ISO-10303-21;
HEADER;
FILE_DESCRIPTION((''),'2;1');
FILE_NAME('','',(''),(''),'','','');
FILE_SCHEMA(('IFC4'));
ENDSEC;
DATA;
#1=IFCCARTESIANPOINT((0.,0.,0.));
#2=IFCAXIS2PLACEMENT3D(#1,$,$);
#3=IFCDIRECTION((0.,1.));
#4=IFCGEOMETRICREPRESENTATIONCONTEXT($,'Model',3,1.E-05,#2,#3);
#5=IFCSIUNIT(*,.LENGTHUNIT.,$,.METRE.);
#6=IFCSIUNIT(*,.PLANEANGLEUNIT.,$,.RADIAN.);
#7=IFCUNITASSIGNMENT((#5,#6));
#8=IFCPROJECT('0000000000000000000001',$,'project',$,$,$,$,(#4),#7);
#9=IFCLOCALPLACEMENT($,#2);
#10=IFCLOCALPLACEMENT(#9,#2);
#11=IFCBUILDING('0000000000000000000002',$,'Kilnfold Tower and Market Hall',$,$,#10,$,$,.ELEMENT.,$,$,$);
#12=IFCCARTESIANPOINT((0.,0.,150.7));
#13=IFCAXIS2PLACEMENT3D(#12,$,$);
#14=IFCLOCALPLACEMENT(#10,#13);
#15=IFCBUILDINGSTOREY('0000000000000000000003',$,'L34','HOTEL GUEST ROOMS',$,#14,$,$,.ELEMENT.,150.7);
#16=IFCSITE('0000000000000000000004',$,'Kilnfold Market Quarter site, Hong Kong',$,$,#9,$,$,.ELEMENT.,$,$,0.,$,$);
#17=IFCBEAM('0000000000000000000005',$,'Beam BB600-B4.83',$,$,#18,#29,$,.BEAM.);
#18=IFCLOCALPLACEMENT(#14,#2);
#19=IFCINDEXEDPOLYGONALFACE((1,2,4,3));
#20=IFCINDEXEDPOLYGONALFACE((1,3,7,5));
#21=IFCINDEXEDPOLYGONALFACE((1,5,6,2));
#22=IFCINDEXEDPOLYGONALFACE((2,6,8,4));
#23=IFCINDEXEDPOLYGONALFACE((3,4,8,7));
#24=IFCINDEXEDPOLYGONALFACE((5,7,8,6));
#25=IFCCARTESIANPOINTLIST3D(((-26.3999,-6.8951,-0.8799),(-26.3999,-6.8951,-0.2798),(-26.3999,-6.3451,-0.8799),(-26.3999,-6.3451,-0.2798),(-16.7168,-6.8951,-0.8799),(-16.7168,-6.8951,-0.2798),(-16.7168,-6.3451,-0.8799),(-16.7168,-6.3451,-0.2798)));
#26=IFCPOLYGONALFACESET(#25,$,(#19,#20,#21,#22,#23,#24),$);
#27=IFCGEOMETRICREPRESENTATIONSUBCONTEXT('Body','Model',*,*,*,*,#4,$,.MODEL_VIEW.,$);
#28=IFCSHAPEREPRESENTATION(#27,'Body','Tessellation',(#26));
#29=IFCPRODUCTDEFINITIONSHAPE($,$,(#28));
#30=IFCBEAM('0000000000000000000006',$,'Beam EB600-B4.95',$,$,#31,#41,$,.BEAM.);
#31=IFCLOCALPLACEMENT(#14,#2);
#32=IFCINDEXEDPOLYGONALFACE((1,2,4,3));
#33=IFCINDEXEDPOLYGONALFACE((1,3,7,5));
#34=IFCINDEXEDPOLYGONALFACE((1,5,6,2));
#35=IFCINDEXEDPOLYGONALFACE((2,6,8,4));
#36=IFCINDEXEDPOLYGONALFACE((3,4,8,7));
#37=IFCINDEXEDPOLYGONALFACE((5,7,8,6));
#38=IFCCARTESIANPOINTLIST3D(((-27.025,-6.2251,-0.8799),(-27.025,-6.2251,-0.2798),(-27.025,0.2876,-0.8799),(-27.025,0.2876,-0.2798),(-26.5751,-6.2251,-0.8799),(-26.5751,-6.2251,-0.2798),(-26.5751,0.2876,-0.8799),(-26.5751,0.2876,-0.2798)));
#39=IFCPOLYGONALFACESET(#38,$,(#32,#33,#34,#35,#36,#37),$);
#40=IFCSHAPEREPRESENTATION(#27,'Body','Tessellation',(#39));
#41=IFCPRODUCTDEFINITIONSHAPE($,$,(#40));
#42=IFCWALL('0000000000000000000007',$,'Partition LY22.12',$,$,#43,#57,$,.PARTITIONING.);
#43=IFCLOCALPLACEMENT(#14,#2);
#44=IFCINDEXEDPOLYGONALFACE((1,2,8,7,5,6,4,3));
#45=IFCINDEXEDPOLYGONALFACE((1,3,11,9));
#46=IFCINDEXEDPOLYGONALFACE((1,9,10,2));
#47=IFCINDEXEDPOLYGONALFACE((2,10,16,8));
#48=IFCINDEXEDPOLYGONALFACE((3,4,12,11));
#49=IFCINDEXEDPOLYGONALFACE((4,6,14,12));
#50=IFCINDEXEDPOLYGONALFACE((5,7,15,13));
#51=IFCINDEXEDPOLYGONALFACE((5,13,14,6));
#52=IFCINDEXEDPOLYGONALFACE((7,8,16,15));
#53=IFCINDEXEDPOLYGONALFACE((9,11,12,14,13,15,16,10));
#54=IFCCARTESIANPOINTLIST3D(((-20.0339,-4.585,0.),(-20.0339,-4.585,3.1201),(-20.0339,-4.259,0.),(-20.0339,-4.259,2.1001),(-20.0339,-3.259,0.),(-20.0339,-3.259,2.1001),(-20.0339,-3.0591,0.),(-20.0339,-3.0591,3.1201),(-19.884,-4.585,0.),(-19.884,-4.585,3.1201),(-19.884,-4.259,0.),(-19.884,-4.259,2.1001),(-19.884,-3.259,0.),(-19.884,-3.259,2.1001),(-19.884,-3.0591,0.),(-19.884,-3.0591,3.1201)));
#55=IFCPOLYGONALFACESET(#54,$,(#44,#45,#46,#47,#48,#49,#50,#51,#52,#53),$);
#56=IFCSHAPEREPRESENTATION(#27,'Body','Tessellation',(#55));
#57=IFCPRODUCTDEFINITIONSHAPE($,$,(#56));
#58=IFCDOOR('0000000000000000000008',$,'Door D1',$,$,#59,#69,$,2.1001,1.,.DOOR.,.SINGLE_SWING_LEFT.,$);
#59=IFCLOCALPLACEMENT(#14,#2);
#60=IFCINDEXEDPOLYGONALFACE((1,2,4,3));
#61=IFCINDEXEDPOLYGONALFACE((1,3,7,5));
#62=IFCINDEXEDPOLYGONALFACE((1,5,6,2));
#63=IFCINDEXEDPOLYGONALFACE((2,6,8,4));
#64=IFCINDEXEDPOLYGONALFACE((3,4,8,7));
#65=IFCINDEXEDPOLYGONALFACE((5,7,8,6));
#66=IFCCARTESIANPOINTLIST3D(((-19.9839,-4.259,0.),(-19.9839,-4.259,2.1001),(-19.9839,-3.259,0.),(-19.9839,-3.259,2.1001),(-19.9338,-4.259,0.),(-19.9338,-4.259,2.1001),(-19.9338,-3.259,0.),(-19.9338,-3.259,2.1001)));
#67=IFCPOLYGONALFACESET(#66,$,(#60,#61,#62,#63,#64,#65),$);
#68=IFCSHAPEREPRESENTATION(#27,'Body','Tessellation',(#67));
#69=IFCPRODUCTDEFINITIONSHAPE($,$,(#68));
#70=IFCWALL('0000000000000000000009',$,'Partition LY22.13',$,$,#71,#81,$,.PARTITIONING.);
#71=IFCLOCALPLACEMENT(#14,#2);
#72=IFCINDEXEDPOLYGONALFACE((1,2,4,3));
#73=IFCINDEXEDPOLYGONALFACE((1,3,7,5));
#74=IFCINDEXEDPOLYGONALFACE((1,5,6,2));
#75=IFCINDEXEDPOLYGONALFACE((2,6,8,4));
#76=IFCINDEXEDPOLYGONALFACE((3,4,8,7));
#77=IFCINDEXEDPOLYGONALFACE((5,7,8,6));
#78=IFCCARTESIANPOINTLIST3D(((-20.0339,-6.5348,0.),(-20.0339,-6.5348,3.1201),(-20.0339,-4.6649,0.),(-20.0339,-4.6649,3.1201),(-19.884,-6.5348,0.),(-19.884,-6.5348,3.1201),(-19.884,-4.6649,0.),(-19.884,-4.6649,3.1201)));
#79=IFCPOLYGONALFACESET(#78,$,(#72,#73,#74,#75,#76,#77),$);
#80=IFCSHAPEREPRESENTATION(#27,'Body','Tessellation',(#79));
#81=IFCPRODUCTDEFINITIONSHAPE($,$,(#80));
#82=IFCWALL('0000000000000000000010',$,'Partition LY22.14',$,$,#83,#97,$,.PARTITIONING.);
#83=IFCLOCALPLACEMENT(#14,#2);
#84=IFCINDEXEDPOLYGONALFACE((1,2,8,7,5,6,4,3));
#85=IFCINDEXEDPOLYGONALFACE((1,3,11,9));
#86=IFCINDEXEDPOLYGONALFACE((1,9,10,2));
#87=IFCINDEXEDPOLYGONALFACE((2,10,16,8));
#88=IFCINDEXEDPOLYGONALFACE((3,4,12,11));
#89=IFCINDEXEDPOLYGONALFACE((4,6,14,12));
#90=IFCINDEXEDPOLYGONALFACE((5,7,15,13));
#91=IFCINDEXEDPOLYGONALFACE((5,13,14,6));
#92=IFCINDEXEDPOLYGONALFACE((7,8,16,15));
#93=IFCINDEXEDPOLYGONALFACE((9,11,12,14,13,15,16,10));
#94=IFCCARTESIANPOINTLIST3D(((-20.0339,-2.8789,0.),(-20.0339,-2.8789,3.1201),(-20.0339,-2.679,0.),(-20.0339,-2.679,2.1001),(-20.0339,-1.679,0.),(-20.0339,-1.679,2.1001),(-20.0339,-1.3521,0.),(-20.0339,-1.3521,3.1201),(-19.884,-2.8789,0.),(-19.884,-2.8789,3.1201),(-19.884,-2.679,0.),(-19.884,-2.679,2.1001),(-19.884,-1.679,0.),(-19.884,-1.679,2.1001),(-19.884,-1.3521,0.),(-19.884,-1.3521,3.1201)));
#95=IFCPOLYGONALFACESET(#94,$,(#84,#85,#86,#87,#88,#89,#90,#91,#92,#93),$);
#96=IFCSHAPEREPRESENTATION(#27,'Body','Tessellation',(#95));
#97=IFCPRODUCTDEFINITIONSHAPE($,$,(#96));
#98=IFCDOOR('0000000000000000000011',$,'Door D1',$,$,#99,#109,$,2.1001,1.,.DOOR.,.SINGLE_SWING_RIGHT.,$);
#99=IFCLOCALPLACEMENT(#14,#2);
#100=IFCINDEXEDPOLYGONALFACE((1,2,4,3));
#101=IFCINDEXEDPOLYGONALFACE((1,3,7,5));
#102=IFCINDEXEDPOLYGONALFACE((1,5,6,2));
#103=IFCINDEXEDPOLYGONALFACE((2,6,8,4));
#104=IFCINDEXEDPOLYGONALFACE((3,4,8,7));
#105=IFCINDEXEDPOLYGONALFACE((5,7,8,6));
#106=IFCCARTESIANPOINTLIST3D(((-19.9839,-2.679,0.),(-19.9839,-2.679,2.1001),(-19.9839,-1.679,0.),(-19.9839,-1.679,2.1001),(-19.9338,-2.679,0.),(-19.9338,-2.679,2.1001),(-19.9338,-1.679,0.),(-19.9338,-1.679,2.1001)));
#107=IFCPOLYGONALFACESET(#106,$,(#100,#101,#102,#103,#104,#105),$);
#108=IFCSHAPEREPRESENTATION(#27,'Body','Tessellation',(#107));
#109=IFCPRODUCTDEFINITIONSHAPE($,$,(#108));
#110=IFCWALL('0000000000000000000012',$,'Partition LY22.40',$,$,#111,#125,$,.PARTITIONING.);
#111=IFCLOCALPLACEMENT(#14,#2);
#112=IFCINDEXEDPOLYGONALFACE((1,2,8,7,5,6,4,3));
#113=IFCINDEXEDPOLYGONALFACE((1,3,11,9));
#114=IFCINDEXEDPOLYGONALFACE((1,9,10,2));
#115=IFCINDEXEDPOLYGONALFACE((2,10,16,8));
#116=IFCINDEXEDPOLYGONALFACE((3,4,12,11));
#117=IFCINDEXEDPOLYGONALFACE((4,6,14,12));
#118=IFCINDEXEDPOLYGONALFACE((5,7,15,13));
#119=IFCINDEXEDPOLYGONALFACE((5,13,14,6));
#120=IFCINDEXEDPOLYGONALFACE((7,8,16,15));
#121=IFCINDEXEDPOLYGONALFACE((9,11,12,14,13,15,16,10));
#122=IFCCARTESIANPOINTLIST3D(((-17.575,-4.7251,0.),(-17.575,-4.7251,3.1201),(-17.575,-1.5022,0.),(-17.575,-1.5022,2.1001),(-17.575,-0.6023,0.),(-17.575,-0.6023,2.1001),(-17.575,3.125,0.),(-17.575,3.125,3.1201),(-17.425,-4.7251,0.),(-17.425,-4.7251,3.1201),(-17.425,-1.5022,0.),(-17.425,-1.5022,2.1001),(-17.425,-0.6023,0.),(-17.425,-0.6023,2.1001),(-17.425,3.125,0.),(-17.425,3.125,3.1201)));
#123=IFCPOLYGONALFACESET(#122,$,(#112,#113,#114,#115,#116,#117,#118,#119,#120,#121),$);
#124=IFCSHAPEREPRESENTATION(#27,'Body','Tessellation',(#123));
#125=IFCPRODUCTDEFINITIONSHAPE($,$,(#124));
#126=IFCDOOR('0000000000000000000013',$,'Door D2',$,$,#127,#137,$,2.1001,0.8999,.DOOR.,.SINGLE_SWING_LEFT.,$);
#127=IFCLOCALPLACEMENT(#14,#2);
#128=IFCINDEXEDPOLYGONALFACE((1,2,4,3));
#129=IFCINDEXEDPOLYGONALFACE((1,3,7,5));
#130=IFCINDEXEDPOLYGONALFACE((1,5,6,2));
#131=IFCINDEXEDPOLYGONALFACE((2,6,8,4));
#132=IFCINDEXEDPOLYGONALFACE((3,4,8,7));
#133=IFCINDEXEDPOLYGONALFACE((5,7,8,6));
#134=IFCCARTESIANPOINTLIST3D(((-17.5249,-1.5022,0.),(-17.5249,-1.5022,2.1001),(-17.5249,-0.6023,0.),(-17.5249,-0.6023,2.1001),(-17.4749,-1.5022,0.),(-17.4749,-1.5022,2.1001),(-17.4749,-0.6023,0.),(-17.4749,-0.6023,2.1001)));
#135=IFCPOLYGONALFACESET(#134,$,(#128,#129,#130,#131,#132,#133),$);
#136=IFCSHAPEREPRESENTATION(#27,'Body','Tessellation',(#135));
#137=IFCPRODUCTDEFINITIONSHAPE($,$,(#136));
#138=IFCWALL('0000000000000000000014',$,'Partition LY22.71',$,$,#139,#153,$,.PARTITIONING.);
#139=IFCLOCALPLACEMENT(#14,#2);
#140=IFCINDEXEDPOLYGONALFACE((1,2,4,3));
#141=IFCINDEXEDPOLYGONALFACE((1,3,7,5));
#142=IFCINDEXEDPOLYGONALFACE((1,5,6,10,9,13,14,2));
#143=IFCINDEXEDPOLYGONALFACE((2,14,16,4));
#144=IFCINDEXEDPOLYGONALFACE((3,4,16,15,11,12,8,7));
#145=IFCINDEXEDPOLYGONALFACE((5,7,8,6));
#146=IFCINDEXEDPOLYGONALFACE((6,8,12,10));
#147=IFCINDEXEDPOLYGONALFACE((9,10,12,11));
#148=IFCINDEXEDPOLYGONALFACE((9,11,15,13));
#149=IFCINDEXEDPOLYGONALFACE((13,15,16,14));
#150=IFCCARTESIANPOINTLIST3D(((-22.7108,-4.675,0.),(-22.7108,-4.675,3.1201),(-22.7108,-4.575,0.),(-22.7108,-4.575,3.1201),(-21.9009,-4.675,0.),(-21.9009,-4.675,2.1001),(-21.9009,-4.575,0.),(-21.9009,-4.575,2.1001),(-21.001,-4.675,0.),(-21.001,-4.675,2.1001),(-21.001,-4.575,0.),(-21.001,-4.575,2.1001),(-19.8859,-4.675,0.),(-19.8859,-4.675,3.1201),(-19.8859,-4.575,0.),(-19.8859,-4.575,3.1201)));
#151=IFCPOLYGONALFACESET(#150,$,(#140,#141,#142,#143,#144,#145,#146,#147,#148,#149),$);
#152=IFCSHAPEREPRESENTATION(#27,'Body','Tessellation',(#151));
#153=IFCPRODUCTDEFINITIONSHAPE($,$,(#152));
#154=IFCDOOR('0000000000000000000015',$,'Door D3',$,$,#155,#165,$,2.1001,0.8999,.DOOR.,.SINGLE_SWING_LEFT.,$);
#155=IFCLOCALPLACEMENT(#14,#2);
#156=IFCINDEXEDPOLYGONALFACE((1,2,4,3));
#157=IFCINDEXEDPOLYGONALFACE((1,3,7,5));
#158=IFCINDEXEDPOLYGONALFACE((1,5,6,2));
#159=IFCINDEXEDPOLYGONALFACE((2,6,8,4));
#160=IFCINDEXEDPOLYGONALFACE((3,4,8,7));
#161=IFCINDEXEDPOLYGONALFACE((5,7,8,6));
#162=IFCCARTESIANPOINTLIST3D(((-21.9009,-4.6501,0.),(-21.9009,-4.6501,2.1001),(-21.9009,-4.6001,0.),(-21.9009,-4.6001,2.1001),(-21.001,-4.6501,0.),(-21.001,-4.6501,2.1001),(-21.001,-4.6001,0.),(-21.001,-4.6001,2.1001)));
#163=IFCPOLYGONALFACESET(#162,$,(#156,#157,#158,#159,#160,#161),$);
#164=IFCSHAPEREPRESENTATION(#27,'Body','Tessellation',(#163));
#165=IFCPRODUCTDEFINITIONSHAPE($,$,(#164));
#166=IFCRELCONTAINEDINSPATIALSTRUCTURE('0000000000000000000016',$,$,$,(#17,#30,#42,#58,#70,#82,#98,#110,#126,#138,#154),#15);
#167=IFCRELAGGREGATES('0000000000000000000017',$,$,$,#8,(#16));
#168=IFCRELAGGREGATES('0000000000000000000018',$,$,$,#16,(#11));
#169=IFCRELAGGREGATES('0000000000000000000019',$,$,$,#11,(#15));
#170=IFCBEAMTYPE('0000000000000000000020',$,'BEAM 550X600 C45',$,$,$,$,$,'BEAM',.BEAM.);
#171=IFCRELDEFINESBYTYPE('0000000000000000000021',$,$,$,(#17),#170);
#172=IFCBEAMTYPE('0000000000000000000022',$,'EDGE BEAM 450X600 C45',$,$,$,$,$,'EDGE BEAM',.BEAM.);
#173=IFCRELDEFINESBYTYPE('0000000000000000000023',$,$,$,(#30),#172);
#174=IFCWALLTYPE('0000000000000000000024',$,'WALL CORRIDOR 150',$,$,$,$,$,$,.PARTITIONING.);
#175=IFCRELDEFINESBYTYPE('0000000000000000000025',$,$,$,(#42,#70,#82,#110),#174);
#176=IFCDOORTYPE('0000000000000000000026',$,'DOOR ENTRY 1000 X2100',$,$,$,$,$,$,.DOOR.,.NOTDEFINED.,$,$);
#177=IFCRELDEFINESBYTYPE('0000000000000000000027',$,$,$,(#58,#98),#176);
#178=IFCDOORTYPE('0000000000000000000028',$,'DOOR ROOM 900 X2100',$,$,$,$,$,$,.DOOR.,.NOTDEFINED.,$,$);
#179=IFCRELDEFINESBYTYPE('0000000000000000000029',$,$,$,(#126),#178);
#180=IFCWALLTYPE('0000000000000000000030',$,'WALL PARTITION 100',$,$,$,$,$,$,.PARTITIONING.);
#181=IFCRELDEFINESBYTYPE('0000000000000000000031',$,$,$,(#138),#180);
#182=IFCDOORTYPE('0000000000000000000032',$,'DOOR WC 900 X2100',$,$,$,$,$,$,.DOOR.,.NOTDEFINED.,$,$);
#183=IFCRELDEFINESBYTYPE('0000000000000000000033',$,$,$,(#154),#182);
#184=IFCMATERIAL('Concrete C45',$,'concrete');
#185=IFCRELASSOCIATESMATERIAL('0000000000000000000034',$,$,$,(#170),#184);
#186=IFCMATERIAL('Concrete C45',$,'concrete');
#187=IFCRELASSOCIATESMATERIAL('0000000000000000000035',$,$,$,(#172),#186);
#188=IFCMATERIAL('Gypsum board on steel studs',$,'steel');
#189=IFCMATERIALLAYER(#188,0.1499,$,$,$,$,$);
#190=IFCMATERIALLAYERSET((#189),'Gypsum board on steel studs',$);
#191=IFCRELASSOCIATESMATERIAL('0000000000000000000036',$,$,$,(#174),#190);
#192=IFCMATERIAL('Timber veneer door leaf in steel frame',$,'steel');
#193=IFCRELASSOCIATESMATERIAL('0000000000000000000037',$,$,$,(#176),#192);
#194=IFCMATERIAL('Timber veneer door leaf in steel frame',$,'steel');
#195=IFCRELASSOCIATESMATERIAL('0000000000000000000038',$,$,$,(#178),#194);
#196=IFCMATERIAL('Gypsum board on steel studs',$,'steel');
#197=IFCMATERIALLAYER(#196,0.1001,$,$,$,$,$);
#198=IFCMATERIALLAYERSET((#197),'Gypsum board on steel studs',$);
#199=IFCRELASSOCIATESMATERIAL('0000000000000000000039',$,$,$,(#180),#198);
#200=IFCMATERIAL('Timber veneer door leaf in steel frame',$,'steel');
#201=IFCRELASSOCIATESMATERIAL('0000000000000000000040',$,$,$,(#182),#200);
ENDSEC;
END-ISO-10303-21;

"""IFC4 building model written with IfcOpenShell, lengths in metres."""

from ifc_helpers import new_model, si_unit, direction, frame, frame_2d, origin, origin_2d, place, context, subcontext, project, spatial, rectangle, extrude, source, transform, mapped, material, layer, layer_set, material_profile, profile_set, type_object, element, fill, save


model = new_model("IFC4")

# Units and contexts
model_context = context("Model", 3, precision=1e-05, world=origin(), true_north=direction((0.0, 1.0)))
body_context = subcontext(model_context, "Body", "Model", "MODEL_VIEW")
ifc_project = project(units=[si_unit("LENGTHUNIT", "METRE"), si_unit("PLANEANGLEUNIT", "RADIAN")], contexts=[model_context])

# Site, building, storey
site_placement = place(None, origin())
site = spatial("IfcSite", under=ifc_project, at=site_placement, Name="Kilnfold Market Quarter site, Hong Kong", CompositionType="ELEMENT", RefElevation=0.0)
building_placement = place(site_placement, origin())
building = spatial("IfcBuilding", under=site, at=building_placement, Name="Kilnfold Tower and Market Hall", CompositionType="ELEMENT")
storey_placement = place(building_placement, frame((0.0, 0.0, 150.7)))
storey = spatial("IfcBuildingStorey", under=building, at=storey_placement, Name="L34", Description="HOTEL GUEST ROOMS", CompositionType="ELEMENT", Elevation=150.7)

# Beams
ifc_material_1 = material(Name="Concrete C45", Category="concrete")
ifc_material_profile_1 = material_profile(ifc_material_1, rectangle(XDim=0.55, YDim=0.6001, at=origin_2d()), Name="RC 550x600")
ifc_profile_set_1 = profile_set([ifc_material_profile_1], Name="Concrete C45")
beam_type_1 = type_object("IfcBeamType", Name="BEAM 550X600 C45", ElementType="BEAM", PredefinedType="BEAM", material=ifc_profile_set_1)
shared_shape_1 = source(origin(), body_context, "Body", "SweptSolid", [
    extrude(rectangle(XDim=0.55, YDim=0.6001, at=origin_2d()), origin(), (0.0, 0.0, 1.0), 9.6831),
])
beam_1_placement = place(storey_placement, frame((-26.3999, -6.6201, -0.5798), z_axis=(1.0, 0.0, 0.0), x_axis=(0.0, 1.0, 0.0)))
element("IfcBeam", 1, at=beam_1_placement, inside=storey, type_object=beam_type_1, Name="Beam BB600-B4.83", PredefinedType="BEAM", context=body_context, shape_type="MappedRepresentation", body=[
    mapped(shared_shape_1, transform((0.0, 0.0, 0.0))),
])
ifc_material_2 = material(Name="Concrete C45", Category="concrete")
ifc_material_profile_2 = material_profile(ifc_material_2, rectangle(XDim=0.45, YDim=0.6001, at=origin_2d()), Name="RC 450x600")
ifc_profile_set_2 = profile_set([ifc_material_profile_2], Name="Concrete C45")
beam_type_2 = type_object("IfcBeamType", Name="EDGE BEAM 450X600 C45", ElementType="EDGE BEAM", PredefinedType="BEAM", material=ifc_profile_set_2)
shared_shape_2 = source(origin(), body_context, "Body", "SweptSolid", [
    extrude(rectangle(XDim=0.45, YDim=0.6001, at=origin_2d()), origin(), (0.0, 0.0, 1.0), 6.5127),
])
beam_2_placement = place(storey_placement, frame((-26.8, -6.2251, -0.5798), z_axis=(0.0, 1.0, 0.0), x_axis=(-1.0, 0.0, 0.0)))
element("IfcBeam", 2, at=beam_2_placement, inside=storey, type_object=beam_type_2, Name="Beam EB600-B4.95", PredefinedType="BEAM", context=body_context, shape_type="MappedRepresentation", body=[
    mapped(shared_shape_2, transform((0.0, 0.0, 0.0))),
])

# Wall, opening, door
ifc_material_3 = material(Name="Gypsum board on steel studs", Category="steel")
ifc_layer_1 = layer(ifc_material_3, 0.1499)
ifc_layer_set_1 = layer_set([ifc_layer_1], Name="Gypsum board on steel studs")
wall_type_1 = type_object("IfcWallType", Name="WALL CORRIDOR 150", PredefinedType="PARTITIONING", material=ifc_layer_set_1)
wall_1_placement = place(storey_placement, frame((-19.959, -4.585, 0.0), z_axis=(0.0, 0.0, 1.0), x_axis=(0.0, 1.0, 0.0)))
wall_1 = element("IfcWall", 3, at=wall_1_placement, inside=storey, type_object=wall_type_1, Name="Partition LY22.12", PredefinedType="PARTITIONING", context=body_context, shape_type="SweptSolid", body=[
    extrude(rectangle(XDim=1.5259, YDim=0.1499, at=frame_2d((0.7629, 0.0))), origin(), (0.0, 0.0, 1.0), 3.1201),
])
opening_1_placement = place(wall_1_placement, frame((0.3259, 0.0, 0.0)))
opening_1 = element("IfcOpeningElement", 4, at=opening_1_placement, cuts=wall_1, PredefinedType="OPENING", context=body_context, shape_type="SweptSolid", body=[
    extrude(rectangle(XDim=1.0, YDim=2.1001, at=frame_2d((0.5, 1.05))), frame((0.0, 0.085, 0.0), z_axis=(0.0, -1.0, 0.0), x_axis=(1.0, 0.0, 0.0)), (0.0, 0.0, 1.0), 0.1699),
])
ifc_material_4 = material(Name="Timber veneer door leaf in steel frame", Category="steel")
door_type_1 = type_object("IfcDoorType", Name="DOOR ENTRY 1000 X2100", OperationType="NOTDEFINED", PredefinedType="DOOR", material=ifc_material_4)
door_1_placement = place(opening_1_placement, origin())
door_1 = element("IfcDoor", 5, at=door_1_placement, inside=storey, type_object=door_type_1, Name="Door D1", OperationType="SINGLE_SWING_LEFT", OverallHeight=2.1001, OverallWidth=1.0, PredefinedType="DOOR", context=body_context, shape_type="SweptSolid", body=[
    extrude(rectangle(XDim=1.0, YDim=2.1001, at=frame_2d((0.5, 1.05))), frame((0.0, 0.0249, 0.0), z_axis=(0.0, -1.0, 0.0), x_axis=(1.0, 0.0, 0.0)), (0.0, 0.0, 1.0), 0.05),
])
fill(opening_1, door_1)

# Wall
wall_2_placement = place(storey_placement, frame((-19.959, -6.5349, 0.0), z_axis=(0.0, 0.0, 1.0), x_axis=(0.0, 1.0, 0.0)))
element("IfcWall", 6, at=wall_2_placement, inside=storey, type_object=wall_type_1, Name="Partition LY22.13", PredefinedType="PARTITIONING", context=body_context, shape_type="SweptSolid", body=[
    extrude(rectangle(XDim=1.8699, YDim=0.1499, at=frame_2d((0.9351, 0.0))), origin(), (0.0, 0.0, 1.0), 3.1201),
])

# Walls, openings, doors
wall_3_placement = place(storey_placement, frame((-19.959, -2.8789, 0.0), z_axis=(0.0, 0.0, 1.0), x_axis=(0.0, 1.0, 0.0)))
wall_3 = element("IfcWall", 7, at=wall_3_placement, inside=storey, type_object=wall_type_1, Name="Partition LY22.14", PredefinedType="PARTITIONING", context=body_context, shape_type="SweptSolid", body=[
    extrude(rectangle(XDim=1.5269, YDim=0.1499, at=frame_2d((0.7634, 0.0))), origin(), (0.0, 0.0, 1.0), 3.1201),
])
opening_2_placement = place(wall_3_placement, frame((0.2, 0.0, 0.0)))
opening_2 = element("IfcOpeningElement", 8, at=opening_2_placement, cuts=wall_3, PredefinedType="OPENING", context=body_context, shape_type="SweptSolid", body=[
    extrude(rectangle(XDim=1.0, YDim=2.1001, at=frame_2d((0.5, 1.05))), frame((0.0, 0.085, 0.0), z_axis=(0.0, -1.0, 0.0), x_axis=(1.0, 0.0, 0.0)), (0.0, 0.0, 1.0), 0.1699),
])
door_2_placement = place(opening_2_placement, origin())
door_2 = element("IfcDoor", 9, at=door_2_placement, inside=storey, type_object=door_type_1, Name="Door D1", OperationType="SINGLE_SWING_RIGHT", OverallHeight=2.1001, OverallWidth=1.0, PredefinedType="DOOR", context=body_context, shape_type="SweptSolid", body=[
    extrude(rectangle(XDim=1.0, YDim=2.1001, at=frame_2d((0.5, 1.05))), frame((0.0, 0.0249, 0.0), z_axis=(0.0, -1.0, 0.0), x_axis=(1.0, 0.0, 0.0)), (0.0, 0.0, 1.0), 0.05),
])
fill(opening_2, door_2)
wall_4_placement = place(storey_placement, frame((-17.5, -4.7251, 0.0), z_axis=(0.0, 0.0, 1.0), x_axis=(0.0, 1.0, 0.0)))
wall_4 = element("IfcWall", 10, at=wall_4_placement, inside=storey, type_object=wall_type_1, Name="Partition LY22.40", PredefinedType="PARTITIONING", context=body_context, shape_type="SweptSolid", body=[
    extrude(rectangle(XDim=7.8501, YDim=0.1499, at=frame_2d((3.925, 0.0))), origin(), (0.0, 0.0, 1.0), 3.1201),
])
opening_3_placement = place(wall_4_placement, frame((3.2229, 0.0, 0.0)))
opening_3 = element("IfcOpeningElement", 11, at=opening_3_placement, cuts=wall_4, PredefinedType="OPENING", context=body_context, shape_type="SweptSolid", body=[
    extrude(rectangle(XDim=0.8999, YDim=2.1001, at=frame_2d((0.45, 1.05))), frame((0.0, 0.085, 0.0), z_axis=(0.0, -1.0, 0.0), x_axis=(1.0, 0.0, 0.0)), (0.0, 0.0, 1.0), 0.1699),
])
ifc_material_5 = material(Name="Timber veneer door leaf in steel frame", Category="steel")
door_type_2 = type_object("IfcDoorType", Name="DOOR ROOM 900 X2100", OperationType="NOTDEFINED", PredefinedType="DOOR", material=ifc_material_5)
door_3_placement = place(opening_3_placement, origin())
door_3 = element("IfcDoor", 12, at=door_3_placement, inside=storey, type_object=door_type_2, Name="Door D2", OperationType="SINGLE_SWING_LEFT", OverallHeight=2.1001, OverallWidth=0.8999, PredefinedType="DOOR", context=body_context, shape_type="SweptSolid", body=[
    extrude(rectangle(XDim=0.8999, YDim=2.1001, at=frame_2d((0.45, 1.05))), frame((0.0, 0.0249, 0.0), z_axis=(0.0, -1.0, 0.0), x_axis=(1.0, 0.0, 0.0)), (0.0, 0.0, 1.0), 0.05),
])
fill(opening_3, door_3)
ifc_material_6 = material(Name="Gypsum board on steel studs", Category="steel")
ifc_layer_2 = layer(ifc_material_6, 0.1001)
ifc_layer_set_2 = layer_set([ifc_layer_2], Name="Gypsum board on steel studs")
wall_type_2 = type_object("IfcWallType", Name="WALL PARTITION 100", PredefinedType="PARTITIONING", material=ifc_layer_set_2)
wall_5_placement = place(storey_placement, frame((-22.7109, -4.625, 0.0), z_axis=(0.0, 0.0, 1.0), x_axis=(1.0, 0.0, 0.0)))
wall_5 = element("IfcWall", 13, at=wall_5_placement, inside=storey, type_object=wall_type_2, Name="Partition LY22.71", PredefinedType="PARTITIONING", context=body_context, shape_type="SweptSolid", body=[
    extrude(rectangle(XDim=2.825, YDim=0.1001, at=frame_2d((1.4126, 0.0))), origin(), (0.0, 0.0, 1.0), 3.1201),
])
opening_4_placement = place(wall_5_placement, frame((0.8101, 0.0, 0.0)))
opening_4 = element("IfcOpeningElement", 14, at=opening_4_placement, cuts=wall_5, PredefinedType="OPENING", context=body_context, shape_type="SweptSolid", body=[
    extrude(rectangle(XDim=0.8999, YDim=2.1001, at=frame_2d((0.45, 1.05))), frame((0.0, 0.0601, 0.0), z_axis=(0.0, -1.0, 0.0), x_axis=(1.0, 0.0, 0.0)), (0.0, 0.0, 1.0), 0.1201),
])
ifc_material_7 = material(Name="Timber veneer door leaf in steel frame", Category="steel")
door_type_3 = type_object("IfcDoorType", Name="DOOR WC 900 X2100", OperationType="NOTDEFINED", PredefinedType="DOOR", material=ifc_material_7)
door_4_placement = place(opening_4_placement, origin())
door_4 = element("IfcDoor", 15, at=door_4_placement, inside=storey, type_object=door_type_3, Name="Door D3", OperationType="SINGLE_SWING_LEFT", OverallHeight=2.1001, OverallWidth=0.8999, PredefinedType="DOOR", context=body_context, shape_type="SweptSolid", body=[
    extrude(rectangle(XDim=0.8999, YDim=2.1001, at=frame_2d((0.45, 1.05))), frame((0.0, 0.0249, 0.0), z_axis=(0.0, -1.0, 0.0), x_axis=(1.0, 0.0, 0.0)), (0.0, 0.0, 1.0), 0.05),
])
fill(opening_4, door_4)

save(model, "model.ifc")
